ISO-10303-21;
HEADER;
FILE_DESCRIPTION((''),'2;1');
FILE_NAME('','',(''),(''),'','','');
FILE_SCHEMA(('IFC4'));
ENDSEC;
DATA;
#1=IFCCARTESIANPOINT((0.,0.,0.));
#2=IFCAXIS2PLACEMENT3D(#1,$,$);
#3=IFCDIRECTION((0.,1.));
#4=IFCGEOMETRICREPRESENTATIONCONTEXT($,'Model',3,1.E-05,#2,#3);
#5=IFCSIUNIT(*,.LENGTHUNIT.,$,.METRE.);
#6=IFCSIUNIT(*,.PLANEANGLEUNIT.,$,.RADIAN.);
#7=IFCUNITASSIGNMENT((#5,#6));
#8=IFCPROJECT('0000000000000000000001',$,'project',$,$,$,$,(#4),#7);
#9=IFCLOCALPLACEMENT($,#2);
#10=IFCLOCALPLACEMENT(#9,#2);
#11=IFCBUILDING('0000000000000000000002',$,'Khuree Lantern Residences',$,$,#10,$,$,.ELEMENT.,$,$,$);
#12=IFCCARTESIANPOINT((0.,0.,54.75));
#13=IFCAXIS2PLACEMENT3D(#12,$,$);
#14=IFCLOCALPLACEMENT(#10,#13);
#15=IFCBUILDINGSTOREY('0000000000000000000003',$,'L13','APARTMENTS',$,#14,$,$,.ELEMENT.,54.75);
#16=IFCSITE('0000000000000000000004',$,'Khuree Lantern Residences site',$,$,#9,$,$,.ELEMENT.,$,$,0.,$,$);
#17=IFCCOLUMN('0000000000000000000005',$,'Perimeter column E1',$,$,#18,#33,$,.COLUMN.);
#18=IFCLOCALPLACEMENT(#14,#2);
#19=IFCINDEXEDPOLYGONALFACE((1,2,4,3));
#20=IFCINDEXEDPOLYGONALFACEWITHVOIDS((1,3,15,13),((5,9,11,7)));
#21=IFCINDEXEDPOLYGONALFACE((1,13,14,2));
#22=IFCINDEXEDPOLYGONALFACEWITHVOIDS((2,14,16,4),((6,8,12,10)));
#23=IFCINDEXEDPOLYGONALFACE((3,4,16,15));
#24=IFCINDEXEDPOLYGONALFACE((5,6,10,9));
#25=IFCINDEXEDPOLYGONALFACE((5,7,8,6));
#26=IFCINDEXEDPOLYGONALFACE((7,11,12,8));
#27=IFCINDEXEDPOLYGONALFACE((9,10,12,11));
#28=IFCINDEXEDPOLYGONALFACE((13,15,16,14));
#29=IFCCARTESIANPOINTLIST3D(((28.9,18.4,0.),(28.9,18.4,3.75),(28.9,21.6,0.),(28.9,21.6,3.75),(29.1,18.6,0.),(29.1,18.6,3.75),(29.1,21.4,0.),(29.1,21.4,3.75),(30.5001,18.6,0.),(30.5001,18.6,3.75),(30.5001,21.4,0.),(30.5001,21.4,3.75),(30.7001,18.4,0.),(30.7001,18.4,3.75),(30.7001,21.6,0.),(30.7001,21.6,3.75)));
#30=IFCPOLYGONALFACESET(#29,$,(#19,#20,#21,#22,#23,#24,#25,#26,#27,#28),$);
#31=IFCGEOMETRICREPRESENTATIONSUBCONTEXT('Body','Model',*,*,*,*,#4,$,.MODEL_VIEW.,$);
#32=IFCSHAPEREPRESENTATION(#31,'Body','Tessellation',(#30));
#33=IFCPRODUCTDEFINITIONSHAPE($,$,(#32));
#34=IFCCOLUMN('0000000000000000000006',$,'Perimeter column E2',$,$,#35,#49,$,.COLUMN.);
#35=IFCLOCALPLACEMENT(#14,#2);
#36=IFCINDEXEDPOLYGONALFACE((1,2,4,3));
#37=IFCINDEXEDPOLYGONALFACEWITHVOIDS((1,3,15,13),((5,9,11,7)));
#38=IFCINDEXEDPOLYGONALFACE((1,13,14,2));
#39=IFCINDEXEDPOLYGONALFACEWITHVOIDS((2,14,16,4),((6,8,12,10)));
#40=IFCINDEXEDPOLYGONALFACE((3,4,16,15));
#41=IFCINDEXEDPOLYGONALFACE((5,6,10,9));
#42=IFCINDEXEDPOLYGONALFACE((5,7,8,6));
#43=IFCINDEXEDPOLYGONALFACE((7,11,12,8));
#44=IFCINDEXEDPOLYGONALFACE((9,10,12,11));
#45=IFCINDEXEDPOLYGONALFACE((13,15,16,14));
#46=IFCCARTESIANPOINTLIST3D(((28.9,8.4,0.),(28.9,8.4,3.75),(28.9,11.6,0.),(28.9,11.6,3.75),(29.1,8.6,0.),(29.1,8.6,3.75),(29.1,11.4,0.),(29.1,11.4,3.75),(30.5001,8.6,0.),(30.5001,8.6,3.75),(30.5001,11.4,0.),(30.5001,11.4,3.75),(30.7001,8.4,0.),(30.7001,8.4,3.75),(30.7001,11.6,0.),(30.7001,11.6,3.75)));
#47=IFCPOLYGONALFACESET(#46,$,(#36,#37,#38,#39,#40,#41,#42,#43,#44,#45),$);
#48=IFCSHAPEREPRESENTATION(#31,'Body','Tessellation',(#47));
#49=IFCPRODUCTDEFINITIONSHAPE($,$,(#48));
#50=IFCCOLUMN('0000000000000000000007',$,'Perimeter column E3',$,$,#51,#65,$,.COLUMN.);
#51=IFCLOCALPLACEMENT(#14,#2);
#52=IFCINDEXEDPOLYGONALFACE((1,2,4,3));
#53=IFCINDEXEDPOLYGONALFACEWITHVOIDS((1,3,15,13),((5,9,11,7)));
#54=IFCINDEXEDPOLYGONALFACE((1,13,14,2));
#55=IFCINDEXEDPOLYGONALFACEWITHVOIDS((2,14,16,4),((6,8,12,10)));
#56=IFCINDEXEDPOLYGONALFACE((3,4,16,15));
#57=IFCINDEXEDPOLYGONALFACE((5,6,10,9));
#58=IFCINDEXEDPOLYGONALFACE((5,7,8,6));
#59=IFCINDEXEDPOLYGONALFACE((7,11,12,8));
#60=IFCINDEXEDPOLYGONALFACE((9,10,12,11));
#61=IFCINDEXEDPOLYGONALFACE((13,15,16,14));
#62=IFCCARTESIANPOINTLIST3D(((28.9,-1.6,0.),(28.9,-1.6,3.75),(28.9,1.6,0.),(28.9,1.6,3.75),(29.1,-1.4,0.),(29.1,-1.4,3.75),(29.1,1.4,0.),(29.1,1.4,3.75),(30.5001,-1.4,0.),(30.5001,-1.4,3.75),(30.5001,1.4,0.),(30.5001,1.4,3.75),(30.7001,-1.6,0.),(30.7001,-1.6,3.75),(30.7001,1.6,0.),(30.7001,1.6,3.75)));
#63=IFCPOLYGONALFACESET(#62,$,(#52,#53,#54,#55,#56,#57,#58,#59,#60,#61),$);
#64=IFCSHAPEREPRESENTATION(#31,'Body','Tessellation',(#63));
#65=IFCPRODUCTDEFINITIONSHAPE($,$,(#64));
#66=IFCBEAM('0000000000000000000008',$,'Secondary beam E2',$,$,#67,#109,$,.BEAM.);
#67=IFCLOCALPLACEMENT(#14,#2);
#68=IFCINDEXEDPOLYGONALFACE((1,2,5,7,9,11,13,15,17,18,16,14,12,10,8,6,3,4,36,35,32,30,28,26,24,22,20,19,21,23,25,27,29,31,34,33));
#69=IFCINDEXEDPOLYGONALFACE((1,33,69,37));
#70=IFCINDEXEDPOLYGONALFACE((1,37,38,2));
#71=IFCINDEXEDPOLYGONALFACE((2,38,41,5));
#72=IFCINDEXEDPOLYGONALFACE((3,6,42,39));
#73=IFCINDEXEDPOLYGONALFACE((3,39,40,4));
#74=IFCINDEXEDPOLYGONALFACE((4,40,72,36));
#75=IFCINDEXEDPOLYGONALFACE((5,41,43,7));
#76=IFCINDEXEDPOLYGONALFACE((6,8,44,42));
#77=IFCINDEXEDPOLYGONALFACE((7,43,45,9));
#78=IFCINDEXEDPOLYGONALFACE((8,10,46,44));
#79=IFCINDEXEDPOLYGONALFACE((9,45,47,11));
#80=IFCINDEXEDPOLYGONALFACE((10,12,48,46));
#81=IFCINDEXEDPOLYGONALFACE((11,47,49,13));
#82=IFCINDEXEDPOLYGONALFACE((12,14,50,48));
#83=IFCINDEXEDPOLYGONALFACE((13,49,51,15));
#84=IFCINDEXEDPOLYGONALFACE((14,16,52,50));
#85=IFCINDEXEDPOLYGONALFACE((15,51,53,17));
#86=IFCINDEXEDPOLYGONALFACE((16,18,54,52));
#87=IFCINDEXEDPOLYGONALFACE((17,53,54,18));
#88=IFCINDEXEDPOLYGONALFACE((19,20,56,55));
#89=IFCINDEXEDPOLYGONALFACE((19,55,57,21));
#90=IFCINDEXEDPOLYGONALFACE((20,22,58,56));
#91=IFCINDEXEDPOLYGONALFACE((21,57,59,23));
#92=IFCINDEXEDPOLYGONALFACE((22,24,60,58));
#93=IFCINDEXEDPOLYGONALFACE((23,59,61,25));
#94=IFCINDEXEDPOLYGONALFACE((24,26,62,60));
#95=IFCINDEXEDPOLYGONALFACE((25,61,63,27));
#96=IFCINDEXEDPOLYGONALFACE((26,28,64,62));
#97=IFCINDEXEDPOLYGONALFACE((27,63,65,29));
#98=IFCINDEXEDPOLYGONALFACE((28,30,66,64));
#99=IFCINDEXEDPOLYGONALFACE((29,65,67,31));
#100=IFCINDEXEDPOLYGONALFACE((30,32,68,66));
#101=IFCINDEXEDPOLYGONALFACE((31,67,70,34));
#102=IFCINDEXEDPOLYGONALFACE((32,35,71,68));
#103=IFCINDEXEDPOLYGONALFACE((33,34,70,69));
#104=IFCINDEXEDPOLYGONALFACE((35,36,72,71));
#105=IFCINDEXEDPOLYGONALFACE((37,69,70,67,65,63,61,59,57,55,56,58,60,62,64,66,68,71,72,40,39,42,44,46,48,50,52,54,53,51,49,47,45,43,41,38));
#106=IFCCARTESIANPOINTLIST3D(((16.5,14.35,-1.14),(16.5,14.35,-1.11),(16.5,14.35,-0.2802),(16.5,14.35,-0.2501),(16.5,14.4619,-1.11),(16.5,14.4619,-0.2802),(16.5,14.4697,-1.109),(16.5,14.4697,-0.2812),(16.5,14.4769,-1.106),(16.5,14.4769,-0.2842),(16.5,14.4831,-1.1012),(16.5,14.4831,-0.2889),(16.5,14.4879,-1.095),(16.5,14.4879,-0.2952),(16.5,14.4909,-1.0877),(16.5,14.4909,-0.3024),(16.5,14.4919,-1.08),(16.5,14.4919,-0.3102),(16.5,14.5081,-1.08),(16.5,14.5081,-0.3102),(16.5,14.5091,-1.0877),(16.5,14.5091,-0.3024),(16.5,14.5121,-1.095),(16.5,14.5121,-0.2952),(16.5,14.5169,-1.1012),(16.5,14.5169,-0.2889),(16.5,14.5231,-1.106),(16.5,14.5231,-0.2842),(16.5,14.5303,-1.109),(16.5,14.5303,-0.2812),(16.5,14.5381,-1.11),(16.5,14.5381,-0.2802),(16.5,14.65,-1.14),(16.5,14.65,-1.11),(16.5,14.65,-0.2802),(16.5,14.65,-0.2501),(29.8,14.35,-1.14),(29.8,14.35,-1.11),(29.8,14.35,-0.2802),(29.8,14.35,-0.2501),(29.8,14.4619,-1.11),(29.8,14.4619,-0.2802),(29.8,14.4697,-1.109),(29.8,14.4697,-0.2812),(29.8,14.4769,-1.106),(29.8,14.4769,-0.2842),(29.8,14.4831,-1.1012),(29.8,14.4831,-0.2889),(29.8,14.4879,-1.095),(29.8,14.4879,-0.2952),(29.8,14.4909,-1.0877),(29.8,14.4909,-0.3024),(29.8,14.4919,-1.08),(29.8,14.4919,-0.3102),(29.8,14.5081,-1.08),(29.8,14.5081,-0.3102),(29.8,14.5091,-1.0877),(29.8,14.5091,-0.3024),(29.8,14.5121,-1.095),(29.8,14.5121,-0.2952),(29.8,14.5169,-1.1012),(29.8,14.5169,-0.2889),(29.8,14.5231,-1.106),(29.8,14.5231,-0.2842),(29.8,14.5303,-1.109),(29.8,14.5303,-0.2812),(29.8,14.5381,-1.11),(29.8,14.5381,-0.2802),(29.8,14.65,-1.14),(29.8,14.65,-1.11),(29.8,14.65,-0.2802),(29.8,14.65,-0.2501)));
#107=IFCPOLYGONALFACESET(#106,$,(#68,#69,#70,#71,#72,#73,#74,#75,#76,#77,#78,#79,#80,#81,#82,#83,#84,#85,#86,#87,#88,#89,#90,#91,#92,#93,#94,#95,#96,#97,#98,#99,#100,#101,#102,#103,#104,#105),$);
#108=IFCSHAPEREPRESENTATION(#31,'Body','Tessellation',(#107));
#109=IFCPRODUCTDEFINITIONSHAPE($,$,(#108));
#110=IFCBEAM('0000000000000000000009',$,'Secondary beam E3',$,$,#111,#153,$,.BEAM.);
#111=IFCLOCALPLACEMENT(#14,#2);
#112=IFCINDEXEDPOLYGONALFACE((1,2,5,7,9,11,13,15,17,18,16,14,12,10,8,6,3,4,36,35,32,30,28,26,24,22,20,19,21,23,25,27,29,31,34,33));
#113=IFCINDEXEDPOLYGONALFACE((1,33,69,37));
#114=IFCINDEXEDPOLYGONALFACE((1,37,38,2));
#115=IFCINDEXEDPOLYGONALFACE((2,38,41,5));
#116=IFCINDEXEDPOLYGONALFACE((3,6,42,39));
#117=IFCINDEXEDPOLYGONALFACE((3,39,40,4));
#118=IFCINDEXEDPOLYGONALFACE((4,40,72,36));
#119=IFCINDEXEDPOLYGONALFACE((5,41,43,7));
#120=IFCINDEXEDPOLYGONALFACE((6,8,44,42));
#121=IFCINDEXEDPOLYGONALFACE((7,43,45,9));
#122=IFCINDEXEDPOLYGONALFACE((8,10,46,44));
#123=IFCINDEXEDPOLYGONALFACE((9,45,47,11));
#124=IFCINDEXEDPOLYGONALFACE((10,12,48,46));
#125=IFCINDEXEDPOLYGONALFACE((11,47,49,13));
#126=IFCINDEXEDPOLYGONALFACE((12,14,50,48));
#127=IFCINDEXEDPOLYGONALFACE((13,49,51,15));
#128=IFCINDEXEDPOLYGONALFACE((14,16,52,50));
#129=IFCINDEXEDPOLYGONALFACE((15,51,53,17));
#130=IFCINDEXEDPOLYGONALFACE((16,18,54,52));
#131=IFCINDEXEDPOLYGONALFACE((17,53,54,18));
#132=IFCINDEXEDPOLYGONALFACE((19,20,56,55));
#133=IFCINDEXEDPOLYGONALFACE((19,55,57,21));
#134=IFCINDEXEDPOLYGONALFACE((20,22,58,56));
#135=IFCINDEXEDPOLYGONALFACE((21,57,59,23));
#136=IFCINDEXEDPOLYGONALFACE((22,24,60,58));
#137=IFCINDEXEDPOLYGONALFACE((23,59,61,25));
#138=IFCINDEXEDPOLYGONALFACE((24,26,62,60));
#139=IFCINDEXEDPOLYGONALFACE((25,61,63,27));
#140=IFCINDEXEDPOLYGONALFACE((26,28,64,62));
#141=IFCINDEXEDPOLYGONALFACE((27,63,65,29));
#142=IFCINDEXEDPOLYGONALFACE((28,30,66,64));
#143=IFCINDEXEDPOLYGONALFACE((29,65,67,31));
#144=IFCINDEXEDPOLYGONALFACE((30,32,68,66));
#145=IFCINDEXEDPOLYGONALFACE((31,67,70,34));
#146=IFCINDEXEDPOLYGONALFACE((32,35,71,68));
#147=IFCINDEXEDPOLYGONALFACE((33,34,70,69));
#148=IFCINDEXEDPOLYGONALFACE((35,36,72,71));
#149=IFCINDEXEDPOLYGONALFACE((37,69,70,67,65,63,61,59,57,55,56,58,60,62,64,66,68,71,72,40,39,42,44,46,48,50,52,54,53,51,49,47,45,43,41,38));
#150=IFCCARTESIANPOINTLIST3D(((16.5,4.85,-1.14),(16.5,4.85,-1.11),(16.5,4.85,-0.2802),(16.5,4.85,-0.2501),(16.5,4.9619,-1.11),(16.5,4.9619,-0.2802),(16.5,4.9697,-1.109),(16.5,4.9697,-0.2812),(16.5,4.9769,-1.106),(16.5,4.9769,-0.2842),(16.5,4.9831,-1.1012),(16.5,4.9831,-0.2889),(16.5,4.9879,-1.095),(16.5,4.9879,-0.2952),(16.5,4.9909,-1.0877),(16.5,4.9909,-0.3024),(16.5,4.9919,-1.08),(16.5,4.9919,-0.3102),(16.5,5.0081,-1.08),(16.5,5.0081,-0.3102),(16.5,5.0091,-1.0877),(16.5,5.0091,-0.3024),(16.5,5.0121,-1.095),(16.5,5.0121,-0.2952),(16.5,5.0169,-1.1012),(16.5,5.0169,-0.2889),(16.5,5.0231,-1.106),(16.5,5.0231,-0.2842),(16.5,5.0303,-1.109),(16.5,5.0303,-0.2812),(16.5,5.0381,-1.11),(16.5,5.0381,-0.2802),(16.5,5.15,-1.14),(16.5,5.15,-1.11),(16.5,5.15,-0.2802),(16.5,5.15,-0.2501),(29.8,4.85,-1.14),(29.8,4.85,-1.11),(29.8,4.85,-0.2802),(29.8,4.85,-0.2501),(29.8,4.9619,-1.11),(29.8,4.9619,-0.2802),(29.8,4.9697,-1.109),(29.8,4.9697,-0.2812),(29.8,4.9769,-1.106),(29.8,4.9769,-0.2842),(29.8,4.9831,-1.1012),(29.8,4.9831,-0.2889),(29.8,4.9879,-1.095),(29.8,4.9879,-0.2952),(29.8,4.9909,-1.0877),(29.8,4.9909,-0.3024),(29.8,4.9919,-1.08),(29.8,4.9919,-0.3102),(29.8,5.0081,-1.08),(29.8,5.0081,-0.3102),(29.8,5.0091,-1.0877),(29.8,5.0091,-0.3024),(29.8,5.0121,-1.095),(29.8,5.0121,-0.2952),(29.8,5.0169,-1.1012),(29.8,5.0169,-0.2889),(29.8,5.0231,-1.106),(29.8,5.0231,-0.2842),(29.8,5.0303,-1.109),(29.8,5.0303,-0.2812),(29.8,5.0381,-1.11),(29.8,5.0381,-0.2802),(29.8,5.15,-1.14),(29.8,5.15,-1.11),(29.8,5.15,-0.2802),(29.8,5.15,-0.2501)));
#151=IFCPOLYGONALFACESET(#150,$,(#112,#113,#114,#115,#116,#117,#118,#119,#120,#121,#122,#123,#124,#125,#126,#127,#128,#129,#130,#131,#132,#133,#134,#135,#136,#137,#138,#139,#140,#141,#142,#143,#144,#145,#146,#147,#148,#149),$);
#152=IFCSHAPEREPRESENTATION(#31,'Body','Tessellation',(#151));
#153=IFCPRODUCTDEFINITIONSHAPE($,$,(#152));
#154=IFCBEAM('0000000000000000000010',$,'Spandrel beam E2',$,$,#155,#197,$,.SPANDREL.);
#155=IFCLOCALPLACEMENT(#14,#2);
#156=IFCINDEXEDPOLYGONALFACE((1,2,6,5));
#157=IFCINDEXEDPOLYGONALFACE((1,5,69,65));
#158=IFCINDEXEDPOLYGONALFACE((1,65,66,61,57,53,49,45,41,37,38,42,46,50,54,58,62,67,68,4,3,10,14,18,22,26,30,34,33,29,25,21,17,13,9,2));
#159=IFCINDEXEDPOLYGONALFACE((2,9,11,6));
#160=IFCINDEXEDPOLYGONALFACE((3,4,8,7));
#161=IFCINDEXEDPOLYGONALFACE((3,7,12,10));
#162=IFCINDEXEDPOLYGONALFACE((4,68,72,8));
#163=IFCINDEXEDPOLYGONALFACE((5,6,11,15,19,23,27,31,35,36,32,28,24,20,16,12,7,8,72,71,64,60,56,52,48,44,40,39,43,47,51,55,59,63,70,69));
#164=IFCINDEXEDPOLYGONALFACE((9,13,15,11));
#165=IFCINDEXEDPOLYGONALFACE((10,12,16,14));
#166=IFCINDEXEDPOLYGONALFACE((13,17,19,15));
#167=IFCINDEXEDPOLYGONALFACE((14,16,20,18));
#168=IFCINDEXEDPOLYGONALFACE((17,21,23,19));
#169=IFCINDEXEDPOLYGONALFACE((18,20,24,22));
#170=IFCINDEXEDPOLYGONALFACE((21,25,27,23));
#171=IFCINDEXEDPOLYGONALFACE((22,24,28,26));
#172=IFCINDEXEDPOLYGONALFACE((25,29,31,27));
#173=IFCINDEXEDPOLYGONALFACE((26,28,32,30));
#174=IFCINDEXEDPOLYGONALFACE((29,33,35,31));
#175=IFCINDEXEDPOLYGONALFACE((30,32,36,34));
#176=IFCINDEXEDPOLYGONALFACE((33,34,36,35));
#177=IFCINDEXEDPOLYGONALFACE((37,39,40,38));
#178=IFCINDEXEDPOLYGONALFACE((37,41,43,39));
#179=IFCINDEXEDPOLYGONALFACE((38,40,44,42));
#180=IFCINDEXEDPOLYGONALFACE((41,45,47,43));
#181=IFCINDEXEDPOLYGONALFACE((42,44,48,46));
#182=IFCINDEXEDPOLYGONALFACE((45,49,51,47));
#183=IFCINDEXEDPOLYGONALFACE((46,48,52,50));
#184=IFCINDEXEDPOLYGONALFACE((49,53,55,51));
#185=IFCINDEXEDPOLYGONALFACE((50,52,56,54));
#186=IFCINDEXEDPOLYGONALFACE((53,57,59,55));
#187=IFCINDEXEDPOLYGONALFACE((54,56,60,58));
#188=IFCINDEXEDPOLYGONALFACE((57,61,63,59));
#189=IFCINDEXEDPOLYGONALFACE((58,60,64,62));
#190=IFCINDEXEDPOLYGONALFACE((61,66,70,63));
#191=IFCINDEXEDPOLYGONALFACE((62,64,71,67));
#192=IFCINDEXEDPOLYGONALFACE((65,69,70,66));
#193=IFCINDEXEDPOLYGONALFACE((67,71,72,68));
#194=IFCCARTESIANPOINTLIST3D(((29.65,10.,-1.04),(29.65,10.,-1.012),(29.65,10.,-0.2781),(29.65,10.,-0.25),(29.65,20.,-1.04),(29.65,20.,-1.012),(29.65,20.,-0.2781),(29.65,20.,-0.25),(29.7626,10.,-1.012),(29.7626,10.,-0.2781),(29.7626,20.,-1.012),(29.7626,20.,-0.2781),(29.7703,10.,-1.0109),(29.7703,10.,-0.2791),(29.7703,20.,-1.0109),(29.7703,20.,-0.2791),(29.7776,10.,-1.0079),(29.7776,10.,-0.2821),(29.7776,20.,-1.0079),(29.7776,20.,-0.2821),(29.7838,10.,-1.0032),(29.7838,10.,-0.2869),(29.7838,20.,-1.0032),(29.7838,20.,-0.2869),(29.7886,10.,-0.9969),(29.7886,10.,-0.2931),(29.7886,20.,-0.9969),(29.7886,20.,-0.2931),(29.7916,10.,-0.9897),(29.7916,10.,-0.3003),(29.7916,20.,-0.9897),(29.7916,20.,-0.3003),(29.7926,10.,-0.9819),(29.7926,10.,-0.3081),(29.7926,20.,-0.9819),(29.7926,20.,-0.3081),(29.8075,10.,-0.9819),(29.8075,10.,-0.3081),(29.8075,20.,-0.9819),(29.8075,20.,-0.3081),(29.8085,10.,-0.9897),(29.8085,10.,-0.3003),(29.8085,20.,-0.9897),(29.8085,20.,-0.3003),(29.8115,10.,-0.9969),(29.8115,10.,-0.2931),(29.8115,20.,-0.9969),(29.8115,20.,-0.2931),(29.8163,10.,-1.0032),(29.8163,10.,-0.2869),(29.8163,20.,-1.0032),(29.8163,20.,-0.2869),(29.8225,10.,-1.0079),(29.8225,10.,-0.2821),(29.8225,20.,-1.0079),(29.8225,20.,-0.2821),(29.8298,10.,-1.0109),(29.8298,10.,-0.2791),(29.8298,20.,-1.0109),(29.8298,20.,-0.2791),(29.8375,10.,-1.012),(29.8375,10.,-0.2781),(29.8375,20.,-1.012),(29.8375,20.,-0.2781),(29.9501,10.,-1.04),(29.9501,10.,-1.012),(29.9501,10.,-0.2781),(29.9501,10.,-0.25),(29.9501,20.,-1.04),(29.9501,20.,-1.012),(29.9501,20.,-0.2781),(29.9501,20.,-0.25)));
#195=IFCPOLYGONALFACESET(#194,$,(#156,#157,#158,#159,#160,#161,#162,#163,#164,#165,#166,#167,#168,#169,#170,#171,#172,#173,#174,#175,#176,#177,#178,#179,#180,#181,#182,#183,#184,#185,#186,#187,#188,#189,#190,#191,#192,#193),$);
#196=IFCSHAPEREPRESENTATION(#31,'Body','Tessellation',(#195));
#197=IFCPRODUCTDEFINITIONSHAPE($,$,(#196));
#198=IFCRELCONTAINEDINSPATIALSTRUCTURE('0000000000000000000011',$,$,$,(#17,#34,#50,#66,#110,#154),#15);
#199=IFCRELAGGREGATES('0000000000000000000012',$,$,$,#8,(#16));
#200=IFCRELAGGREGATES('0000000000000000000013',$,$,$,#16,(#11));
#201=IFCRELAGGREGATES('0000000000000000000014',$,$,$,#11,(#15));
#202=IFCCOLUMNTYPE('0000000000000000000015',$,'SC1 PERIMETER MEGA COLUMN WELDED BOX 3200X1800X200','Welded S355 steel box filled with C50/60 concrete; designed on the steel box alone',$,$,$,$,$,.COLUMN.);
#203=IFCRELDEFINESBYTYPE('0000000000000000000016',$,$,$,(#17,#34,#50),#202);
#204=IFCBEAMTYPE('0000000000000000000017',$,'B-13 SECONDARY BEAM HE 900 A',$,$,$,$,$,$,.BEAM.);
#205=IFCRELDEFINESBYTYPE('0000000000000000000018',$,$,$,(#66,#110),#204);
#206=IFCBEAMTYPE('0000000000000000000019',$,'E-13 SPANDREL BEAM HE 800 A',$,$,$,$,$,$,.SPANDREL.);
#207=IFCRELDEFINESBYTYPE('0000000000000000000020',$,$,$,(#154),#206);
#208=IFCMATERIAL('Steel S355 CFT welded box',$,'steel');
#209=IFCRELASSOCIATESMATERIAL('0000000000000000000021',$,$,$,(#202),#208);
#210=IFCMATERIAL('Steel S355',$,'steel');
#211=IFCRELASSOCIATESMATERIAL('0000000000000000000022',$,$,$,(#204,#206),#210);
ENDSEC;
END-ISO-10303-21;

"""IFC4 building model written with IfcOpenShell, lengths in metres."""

from ifc_helpers import new_model, si_unit, direction, frame, origin, origin_2d, place, context, subcontext, project, spatial, hollow_rectangle, i_section, extrude, material, material_profile, profile_set, type_object, element, save


model = new_model("IFC4")

# Units and contexts
model_context = context("Model", 3, precision=1e-05, world=origin(), true_north=direction((0.0, 1.0)))
body_context = subcontext(model_context, "Body", "Model", "MODEL_VIEW")
ifc_project = project(units=[si_unit("LENGTHUNIT", "METRE"), si_unit("PLANEANGLEUNIT", "RADIAN")], contexts=[model_context])

# Site, building, storey
site_placement = place(None, origin())
site = spatial("IfcSite", under=ifc_project, at=site_placement, Name="Khuree Lantern Residences site", CompositionType="ELEMENT", RefElevation=0.0)
building_placement = place(site_placement, origin())
building = spatial("IfcBuilding", under=site, at=building_placement, Name="Khuree Lantern Residences", CompositionType="ELEMENT")
storey_placement = place(building_placement, frame((0.0, 0.0, 54.75)))
storey = spatial("IfcBuildingStorey", under=building, at=storey_placement, Name="L13", Description="APARTMENTS", CompositionType="ELEMENT", Elevation=54.75)

# Columns
ifc_material_1 = material(Name="Steel S355 CFT welded box", Category="steel")
ifc_material_profile_1 = material_profile(ifc_material_1, hollow_rectangle(XDim=3.2, YDim=1.8, WallThickness=0.2, at=origin_2d()), Name="WELDED BOX 3200X1800X200")
ifc_profile_set_1 = profile_set([ifc_material_profile_1], Name="Steel S355 CFT welded box")
column_type = type_object("IfcColumnType", Name="SC1 PERIMETER MEGA COLUMN WELDED BOX 3200X1800X200", Description="Welded S355 steel box filled with C50/60 concrete; designed on the steel box alone", PredefinedType="COLUMN", material=ifc_profile_set_1)
for number, where, z_axis, x_axis, name in (
    (1, (29.8, 20.0, 0.0), (0.0, 0.0, 1.0), (0.0, 1.0, 0.0), "Perimeter column E1"),
    (2, (29.8, 10.0, 0.0), (0.0, 0.0, 1.0), (0.0, 1.0, 0.0), "Perimeter column E2"),
    (3, (29.8, 0.0, 0.0), (0.0, 0.0, 1.0), (0.0, 1.0, 0.0), "Perimeter column E3"),
):
    element("IfcColumn", number, at=place(storey_placement, frame(where, z_axis=z_axis, x_axis=x_axis)), inside=storey, type_object=column_type, Name=name, PredefinedType="COLUMN", context=body_context, shape_type="SweptSolid", body=[
        extrude(hollow_rectangle(XDim=3.2, YDim=1.8, WallThickness=0.2, at=origin_2d()), origin(), (0.0, 0.0, 1.0), 3.75),
    ])

# Beams
ifc_material_2 = material(Name="Steel S355", Category="steel")
ifc_material_profile_2 = material_profile(ifc_material_2, i_section(OverallWidth=0.3, OverallDepth=0.8899, WebThickness=0.0161, FlangeThickness=0.03, FilletRadius=0.03, at=origin_2d()), Name="HE 900 A")
ifc_profile_set_2 = profile_set([ifc_material_profile_2], Name="Steel S355")
beam_type_1 = type_object("IfcBeamType", Name="B-13 SECONDARY BEAM HE 900 A", PredefinedType="BEAM", material=ifc_profile_set_2)
for number, where, z_axis, x_axis, name in (
    (4, (29.8, 14.5, -0.6951), (-1.0, 0.0, 0.0), (0.0, -1.0, 0.0), "Secondary beam E2"),
    (5, (29.8, 5.0, -0.6951), (-1.0, 0.0, 0.0), (0.0, -1.0, 0.0), "Secondary beam E3"),
):
    element("IfcBeam", number, at=place(storey_placement, frame(where, z_axis=z_axis, x_axis=x_axis)), inside=storey, type_object=beam_type_1, Name=name, PredefinedType="BEAM", context=body_context, shape_type="SweptSolid", body=[
        extrude(i_section(OverallWidth=0.3, OverallDepth=0.8899, WebThickness=0.0161, FlangeThickness=0.03, FilletRadius=0.03, at=origin_2d()), origin(), (0.0, 0.0, 1.0), 13.3),
    ])
ifc_material_profile_3 = material_profile(ifc_material_2, i_section(OverallWidth=0.3, OverallDepth=0.79, WebThickness=0.0149, FlangeThickness=0.0281, FilletRadius=0.03, at=origin_2d()), Name="HE 800 A")
ifc_profile_set_3 = profile_set([ifc_material_profile_3], Name="Steel S355")
beam_type_2 = type_object("IfcBeamType", Name="E-13 SPANDREL BEAM HE 800 A", PredefinedType="SPANDREL", material=ifc_profile_set_3)
for number, where, z_axis, x_axis, name in (
    (6, (29.8, 20.0, -0.645), (0.0, -1.0, 0.0), (1.0, 0.0, 0.0), "Spandrel beam E2"),
):
    element("IfcBeam", number, at=place(storey_placement, frame(where, z_axis=z_axis, x_axis=x_axis)), inside=storey, type_object=beam_type_2, Name=name, PredefinedType="SPANDREL", context=body_context, shape_type="SweptSolid", body=[
        extrude(i_section(OverallWidth=0.3, OverallDepth=0.79, WebThickness=0.0149, FlangeThickness=0.0281, FilletRadius=0.03, at=origin_2d()), origin(), (0.0, 0.0, 1.0), 10.0),
    ])

save(model, "model.ifc")
